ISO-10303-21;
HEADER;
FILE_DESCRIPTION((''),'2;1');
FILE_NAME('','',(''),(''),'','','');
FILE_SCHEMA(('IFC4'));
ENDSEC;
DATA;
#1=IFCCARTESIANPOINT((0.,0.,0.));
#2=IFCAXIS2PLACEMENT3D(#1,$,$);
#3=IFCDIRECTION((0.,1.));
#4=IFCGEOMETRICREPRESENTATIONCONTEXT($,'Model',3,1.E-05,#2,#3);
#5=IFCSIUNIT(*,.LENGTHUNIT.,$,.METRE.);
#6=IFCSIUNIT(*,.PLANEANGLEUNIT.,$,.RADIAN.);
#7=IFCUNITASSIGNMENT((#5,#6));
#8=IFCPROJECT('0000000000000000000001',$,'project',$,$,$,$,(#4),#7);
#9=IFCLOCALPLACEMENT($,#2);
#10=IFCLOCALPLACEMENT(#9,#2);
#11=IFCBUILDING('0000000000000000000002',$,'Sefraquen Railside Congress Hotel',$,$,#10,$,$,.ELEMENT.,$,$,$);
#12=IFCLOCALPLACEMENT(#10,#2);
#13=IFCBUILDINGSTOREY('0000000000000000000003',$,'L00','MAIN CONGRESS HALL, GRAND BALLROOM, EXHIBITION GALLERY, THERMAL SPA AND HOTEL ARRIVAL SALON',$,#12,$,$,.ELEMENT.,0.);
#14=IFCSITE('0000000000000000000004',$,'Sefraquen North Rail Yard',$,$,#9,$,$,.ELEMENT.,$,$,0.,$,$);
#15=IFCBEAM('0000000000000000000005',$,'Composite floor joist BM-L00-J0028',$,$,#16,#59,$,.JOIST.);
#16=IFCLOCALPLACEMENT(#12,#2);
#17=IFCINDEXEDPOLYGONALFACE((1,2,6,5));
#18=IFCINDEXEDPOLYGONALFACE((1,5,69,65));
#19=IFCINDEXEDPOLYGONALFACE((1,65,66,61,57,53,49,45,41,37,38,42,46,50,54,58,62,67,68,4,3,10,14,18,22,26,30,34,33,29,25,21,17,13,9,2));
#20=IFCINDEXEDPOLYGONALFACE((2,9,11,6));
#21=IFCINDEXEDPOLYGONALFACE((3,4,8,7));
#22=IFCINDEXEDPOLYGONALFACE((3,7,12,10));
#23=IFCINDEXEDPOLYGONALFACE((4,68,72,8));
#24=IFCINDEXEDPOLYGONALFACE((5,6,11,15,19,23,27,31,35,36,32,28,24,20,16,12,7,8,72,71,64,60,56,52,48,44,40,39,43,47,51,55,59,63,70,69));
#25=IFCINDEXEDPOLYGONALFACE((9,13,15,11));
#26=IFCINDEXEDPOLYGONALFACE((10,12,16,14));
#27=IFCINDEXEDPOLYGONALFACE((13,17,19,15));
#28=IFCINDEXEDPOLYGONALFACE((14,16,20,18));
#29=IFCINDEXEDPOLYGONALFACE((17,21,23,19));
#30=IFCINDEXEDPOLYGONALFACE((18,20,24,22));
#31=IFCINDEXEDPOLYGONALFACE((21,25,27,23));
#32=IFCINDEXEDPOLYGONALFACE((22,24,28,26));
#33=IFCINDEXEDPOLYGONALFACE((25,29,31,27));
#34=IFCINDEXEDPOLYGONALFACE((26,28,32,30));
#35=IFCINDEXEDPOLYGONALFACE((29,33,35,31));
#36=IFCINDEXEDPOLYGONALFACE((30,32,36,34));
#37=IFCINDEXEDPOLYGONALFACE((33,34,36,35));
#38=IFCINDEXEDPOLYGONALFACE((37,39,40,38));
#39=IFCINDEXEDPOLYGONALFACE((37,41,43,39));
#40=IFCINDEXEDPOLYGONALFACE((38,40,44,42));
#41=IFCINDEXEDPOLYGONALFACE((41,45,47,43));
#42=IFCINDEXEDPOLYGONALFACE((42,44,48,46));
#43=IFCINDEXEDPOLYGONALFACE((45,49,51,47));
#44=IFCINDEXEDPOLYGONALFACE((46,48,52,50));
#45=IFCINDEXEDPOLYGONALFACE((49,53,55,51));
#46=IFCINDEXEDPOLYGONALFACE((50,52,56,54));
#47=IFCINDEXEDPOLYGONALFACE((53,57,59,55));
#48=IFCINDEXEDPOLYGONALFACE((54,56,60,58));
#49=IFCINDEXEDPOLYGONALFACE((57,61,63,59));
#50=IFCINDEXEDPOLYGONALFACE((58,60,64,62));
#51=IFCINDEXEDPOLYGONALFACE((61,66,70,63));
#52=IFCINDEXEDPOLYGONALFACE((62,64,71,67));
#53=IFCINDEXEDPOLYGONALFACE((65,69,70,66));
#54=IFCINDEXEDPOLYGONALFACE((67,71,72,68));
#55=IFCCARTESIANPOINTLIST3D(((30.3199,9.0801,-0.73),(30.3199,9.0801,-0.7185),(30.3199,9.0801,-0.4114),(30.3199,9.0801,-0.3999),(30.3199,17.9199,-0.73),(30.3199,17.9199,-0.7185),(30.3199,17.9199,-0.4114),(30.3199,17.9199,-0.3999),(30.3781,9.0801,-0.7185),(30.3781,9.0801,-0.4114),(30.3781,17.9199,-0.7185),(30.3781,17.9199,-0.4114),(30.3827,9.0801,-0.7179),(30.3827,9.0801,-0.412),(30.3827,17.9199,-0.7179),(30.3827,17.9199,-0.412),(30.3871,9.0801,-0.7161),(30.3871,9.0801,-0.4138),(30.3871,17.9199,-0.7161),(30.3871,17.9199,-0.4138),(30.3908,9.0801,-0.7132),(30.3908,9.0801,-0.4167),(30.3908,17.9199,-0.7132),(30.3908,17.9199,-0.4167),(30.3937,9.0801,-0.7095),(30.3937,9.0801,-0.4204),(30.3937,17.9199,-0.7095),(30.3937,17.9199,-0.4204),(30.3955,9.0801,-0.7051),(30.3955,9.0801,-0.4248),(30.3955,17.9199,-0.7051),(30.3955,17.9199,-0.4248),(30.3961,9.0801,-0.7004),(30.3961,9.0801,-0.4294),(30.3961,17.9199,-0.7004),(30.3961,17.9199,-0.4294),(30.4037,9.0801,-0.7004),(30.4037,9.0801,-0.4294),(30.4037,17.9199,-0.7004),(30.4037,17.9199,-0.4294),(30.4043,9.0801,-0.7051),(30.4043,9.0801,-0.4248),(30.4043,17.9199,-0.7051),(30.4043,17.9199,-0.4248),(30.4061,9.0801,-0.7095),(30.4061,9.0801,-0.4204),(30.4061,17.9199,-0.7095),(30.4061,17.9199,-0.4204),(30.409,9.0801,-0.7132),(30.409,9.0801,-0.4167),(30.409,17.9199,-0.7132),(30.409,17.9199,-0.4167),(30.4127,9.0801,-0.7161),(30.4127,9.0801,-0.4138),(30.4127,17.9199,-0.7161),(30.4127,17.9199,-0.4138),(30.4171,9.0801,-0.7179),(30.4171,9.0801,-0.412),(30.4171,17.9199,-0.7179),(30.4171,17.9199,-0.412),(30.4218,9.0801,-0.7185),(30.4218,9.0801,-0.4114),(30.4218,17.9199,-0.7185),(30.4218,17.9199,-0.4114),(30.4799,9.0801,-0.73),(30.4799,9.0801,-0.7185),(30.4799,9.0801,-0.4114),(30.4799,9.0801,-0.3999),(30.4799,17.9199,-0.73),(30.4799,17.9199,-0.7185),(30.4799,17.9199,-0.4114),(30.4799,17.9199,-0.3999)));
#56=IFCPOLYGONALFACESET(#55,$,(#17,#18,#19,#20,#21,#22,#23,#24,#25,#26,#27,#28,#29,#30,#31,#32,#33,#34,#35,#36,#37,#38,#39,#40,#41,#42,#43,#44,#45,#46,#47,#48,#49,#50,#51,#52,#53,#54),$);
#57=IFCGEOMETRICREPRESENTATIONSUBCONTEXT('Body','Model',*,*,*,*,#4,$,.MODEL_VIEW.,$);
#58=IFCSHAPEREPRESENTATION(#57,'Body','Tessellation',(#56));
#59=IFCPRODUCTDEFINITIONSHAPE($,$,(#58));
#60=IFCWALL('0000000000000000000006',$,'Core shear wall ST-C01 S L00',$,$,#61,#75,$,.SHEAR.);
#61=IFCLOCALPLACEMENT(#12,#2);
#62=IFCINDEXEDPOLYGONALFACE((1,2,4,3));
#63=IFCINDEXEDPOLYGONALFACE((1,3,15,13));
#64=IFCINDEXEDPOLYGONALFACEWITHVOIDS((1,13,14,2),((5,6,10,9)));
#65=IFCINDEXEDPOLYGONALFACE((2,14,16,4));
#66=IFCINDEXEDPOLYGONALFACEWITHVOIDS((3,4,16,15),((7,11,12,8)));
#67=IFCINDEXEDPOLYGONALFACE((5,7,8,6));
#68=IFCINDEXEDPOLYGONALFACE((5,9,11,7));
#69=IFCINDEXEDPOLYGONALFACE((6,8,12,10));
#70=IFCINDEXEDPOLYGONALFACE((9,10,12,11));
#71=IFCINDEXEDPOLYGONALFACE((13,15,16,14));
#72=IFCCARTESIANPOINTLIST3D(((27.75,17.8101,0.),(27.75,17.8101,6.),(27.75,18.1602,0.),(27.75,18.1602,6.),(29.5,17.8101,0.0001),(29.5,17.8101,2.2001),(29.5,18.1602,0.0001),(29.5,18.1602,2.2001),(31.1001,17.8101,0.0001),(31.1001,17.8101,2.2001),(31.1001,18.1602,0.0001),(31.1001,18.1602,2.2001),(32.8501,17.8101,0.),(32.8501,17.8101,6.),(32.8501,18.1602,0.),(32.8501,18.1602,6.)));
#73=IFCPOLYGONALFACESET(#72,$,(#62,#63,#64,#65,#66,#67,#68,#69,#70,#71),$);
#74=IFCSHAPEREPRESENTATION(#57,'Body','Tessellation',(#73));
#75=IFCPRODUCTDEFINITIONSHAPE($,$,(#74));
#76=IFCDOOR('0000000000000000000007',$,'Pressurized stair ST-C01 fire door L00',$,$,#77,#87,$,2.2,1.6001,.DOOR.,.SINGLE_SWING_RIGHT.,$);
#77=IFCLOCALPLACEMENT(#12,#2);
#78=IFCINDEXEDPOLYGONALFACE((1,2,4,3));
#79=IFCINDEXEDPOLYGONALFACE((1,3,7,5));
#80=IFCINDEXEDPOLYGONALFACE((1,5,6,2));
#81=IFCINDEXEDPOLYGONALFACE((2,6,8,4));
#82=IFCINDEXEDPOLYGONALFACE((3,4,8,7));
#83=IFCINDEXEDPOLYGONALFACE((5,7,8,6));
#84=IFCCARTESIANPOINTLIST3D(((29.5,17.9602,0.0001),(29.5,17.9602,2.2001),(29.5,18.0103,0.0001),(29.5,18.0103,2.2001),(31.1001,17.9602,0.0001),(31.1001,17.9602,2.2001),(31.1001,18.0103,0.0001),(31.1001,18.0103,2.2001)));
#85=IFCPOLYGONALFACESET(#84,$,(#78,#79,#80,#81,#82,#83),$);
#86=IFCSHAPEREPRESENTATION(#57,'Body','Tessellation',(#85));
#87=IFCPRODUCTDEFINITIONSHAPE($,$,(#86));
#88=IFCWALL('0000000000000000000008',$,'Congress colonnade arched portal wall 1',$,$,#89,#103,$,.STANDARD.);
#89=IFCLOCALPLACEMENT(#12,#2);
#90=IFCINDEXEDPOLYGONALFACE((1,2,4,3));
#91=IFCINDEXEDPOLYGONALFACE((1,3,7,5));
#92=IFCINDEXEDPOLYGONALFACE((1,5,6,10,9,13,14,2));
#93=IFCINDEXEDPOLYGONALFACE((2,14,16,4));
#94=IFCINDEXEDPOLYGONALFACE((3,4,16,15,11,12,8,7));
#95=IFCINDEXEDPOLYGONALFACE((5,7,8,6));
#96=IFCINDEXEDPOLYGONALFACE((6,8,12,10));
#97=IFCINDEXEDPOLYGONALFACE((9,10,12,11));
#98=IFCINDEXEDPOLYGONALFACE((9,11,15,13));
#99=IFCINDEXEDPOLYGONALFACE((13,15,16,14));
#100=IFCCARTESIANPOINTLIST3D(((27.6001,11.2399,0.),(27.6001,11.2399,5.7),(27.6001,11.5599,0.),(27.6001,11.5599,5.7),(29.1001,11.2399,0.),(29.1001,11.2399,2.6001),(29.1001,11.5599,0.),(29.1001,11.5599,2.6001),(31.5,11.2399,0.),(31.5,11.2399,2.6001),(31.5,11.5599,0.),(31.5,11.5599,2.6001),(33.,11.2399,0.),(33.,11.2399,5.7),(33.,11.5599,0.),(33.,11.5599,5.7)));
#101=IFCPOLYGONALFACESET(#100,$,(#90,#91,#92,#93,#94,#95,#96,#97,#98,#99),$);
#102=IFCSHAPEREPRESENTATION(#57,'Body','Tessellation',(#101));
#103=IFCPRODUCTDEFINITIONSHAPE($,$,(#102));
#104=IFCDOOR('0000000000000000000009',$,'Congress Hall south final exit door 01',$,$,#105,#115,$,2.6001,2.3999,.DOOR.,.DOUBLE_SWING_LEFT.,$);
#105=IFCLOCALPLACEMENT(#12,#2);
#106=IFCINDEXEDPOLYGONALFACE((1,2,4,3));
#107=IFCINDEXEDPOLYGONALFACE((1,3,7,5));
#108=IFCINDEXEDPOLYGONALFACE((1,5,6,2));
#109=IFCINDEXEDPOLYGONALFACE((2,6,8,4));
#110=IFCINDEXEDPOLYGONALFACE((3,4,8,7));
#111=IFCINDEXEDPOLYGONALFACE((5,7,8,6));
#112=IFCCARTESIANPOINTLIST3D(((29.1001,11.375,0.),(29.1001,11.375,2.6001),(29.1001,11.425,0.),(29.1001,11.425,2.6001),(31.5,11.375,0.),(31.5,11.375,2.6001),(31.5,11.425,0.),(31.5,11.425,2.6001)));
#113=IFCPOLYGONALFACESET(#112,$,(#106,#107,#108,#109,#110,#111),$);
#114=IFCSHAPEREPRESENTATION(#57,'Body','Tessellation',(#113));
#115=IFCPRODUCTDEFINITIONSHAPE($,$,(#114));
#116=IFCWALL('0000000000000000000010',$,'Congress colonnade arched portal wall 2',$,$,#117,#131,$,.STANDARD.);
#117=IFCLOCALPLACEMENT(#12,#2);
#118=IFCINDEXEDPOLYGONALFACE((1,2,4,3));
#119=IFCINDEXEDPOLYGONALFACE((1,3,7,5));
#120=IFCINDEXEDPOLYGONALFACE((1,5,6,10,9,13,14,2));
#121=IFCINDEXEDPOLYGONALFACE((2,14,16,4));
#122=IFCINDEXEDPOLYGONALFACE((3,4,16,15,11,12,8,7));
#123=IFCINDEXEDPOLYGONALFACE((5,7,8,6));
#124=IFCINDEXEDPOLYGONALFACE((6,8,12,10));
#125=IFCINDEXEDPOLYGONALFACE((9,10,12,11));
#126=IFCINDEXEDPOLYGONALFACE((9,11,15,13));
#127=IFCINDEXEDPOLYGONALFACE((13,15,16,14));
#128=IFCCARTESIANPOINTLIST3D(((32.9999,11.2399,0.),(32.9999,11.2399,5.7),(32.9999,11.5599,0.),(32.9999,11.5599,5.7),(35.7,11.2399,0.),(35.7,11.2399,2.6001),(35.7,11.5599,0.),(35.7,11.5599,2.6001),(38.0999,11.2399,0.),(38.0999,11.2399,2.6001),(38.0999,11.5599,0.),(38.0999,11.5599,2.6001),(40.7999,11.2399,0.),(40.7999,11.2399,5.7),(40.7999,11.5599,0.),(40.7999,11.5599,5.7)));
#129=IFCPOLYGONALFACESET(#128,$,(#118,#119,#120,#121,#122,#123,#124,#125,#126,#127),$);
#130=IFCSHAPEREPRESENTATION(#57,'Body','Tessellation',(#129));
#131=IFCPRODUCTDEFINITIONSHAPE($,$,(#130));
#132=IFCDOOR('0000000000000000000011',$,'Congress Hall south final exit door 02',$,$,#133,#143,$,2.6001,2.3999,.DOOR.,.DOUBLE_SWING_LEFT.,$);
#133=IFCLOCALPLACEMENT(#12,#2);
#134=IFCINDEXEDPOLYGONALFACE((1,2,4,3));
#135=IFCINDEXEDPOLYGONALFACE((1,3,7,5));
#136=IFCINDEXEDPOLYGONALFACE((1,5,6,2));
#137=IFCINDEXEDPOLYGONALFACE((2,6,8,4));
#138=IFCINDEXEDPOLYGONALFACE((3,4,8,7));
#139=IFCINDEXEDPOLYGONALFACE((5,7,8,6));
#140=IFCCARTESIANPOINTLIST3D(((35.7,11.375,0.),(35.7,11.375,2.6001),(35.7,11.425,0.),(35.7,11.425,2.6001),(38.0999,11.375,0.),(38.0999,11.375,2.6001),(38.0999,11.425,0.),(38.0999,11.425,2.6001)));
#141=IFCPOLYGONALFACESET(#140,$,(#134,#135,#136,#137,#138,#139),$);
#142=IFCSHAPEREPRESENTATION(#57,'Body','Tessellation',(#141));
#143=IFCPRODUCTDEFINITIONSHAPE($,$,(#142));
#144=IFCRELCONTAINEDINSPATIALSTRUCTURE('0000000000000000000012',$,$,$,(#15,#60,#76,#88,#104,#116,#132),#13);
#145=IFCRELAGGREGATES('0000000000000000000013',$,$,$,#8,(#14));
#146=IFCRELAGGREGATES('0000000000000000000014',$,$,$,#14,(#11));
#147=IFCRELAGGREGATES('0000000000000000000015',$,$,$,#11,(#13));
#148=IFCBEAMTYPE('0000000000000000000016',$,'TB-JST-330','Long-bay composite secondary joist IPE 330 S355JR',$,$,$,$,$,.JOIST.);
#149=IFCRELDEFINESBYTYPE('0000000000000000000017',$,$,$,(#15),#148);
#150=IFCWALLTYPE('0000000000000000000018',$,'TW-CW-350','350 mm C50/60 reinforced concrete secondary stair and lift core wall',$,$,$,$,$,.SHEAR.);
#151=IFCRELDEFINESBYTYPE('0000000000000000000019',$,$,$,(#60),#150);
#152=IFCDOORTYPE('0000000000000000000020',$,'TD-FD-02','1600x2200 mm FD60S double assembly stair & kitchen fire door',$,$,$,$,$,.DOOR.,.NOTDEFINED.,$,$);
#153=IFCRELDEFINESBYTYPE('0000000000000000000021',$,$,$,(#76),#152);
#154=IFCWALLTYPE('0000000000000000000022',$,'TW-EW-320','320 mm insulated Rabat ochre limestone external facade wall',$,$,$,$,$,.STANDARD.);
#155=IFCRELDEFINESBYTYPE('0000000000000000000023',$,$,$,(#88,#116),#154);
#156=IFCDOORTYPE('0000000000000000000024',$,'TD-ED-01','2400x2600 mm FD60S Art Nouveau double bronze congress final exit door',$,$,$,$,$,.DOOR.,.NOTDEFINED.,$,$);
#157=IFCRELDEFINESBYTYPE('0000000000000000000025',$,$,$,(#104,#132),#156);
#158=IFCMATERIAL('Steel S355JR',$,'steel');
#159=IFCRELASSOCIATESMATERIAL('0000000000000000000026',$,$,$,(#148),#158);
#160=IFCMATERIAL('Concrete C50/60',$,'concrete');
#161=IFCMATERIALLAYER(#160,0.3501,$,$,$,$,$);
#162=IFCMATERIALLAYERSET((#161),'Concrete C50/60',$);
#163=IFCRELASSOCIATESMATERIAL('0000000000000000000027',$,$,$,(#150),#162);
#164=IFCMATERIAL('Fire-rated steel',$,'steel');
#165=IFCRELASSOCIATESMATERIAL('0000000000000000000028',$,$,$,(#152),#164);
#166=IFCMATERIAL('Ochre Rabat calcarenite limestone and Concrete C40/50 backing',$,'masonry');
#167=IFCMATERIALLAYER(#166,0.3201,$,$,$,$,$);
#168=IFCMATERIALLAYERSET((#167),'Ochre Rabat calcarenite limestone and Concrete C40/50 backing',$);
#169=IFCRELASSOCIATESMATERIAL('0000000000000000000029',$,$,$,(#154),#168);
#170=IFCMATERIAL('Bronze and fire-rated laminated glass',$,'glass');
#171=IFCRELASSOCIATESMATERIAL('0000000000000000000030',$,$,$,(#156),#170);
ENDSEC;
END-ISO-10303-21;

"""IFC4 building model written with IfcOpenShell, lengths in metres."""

from ifc_helpers import new_model, si_unit, direction, frame, frame_2d, origin, origin_2d, place, context, subcontext, project, spatial, rectangle, i_section, extrude, material, layer, layer_set, material_profile, profile_set, type_object, element, fill, save


model = new_model("IFC4")

# Units and contexts
model_context = context("Model", 3, precision=1e-05, world=origin(), true_north=direction((0.0, 1.0)))
body_context = subcontext(model_context, "Body", "Model", "MODEL_VIEW")
ifc_project = project(units=[si_unit("LENGTHUNIT", "METRE"), si_unit("PLANEANGLEUNIT", "RADIAN")], contexts=[model_context])

# Site, building, storey
site_placement = place(None, origin())
site = spatial("IfcSite", under=ifc_project, at=site_placement, Name="Sefraquen North Rail Yard", CompositionType="ELEMENT", RefElevation=0.0)
building_placement = place(site_placement, origin())
building = spatial("IfcBuilding", under=site, at=building_placement, Name="Sefraquen Railside Congress Hotel", CompositionType="ELEMENT")
storey_placement = place(building_placement, origin())
storey = spatial("IfcBuildingStorey", under=building, at=storey_placement, Name="L00", Description="MAIN CONGRESS HALL, GRAND BALLROOM, EXHIBITION GALLERY, THERMAL SPA AND HOTEL ARRIVAL SALON", CompositionType="ELEMENT", Elevation=0.0)

# Shared definitions
ifc_material_1 = material(Name="Steel S355JR", Category="steel")

# Beam
ifc_material_profile_1 = material_profile(ifc_material_1, i_section(OverallWidth=0.1599, OverallDepth=0.3301, WebThickness=0.0076, FlangeThickness=0.0115, FilletRadius=0.0181, at=origin_2d()), Name="IPE 330")
ifc_profile_set_1 = profile_set([ifc_material_profile_1], Name="Steel S355JR")
beam_type_1 = type_object("IfcBeamType", Name="TB-JST-330", Description="Long-bay composite secondary joist IPE 330 S355JR", PredefinedType="JOIST", material=ifc_profile_set_1)
for number, where, z_axis, x_axis, name in (
    (1, (30.3999, 9.0801, -0.5649), (0.0, 1.0, 0.0), (-1.0, 0.0, 0.0), "Composite floor joist BM-L00-J0028"),
):
    element("IfcBeam", number, at=place(storey_placement, frame(where, z_axis=z_axis, x_axis=x_axis)), inside=storey, type_object=beam_type_1, Name=name, PredefinedType="JOIST", context=body_context, shape_type="SweptSolid", body=[
        extrude(i_section(OverallWidth=0.1599, OverallDepth=0.3301, WebThickness=0.0076, FlangeThickness=0.0115, FilletRadius=0.0181, at=origin_2d()), origin(), (0.0, 0.0, 1.0), 8.8398),
    ])

# Walls, openings, doors
ifc_material_2 = material(Name="Concrete C50/60", Category="concrete")
ifc_layer_1 = layer(ifc_material_2, 0.3501)
ifc_layer_set_1 = layer_set([ifc_layer_1], Name="Concrete C50/60")
wall_type_1 = type_object("IfcWallType", Name="TW-CW-350", Description="350 mm C50/60 reinforced concrete secondary stair and lift core wall", PredefinedType="SHEAR", material=ifc_layer_set_1)
wall_1_placement = place(storey_placement, frame((27.75, 17.9851, 0.0), z_axis=(0.0, 0.0, 1.0), x_axis=(1.0, 0.0, 0.0)))
wall_1 = element("IfcWall", 2, at=wall_1_placement, inside=storey, type_object=wall_type_1, Name="Core shear wall ST-C01 S L00", PredefinedType="SHEAR", context=body_context, shape_type="SweptSolid", body=[
    extrude(rectangle(XDim=5.1001, YDim=0.3501, at=frame_2d((2.55, 0.0))), origin(), (0.0, 0.0, 1.0), 6.0),
])
opening_1_placement = place(wall_1_placement, frame((1.75, 0.0, 0.0)))
opening_1 = element("IfcOpeningElement", 3, at=opening_1_placement, cuts=wall_1, PredefinedType="OPENING", context=body_context, shape_type="SweptSolid", body=[
    extrude(rectangle(XDim=1.6001, YDim=2.2, at=frame_2d((0.8, 1.1001))), frame((0.0, 0.1851, 0.0), z_axis=(0.0, -1.0, 0.0), x_axis=(1.0, 0.0, 0.0)), (0.0, 0.0, 1.0), 0.3701),
])
ifc_material_3 = material(Name="Fire-rated steel", Category="steel")
door_type_1 = type_object("IfcDoorType", Name="TD-FD-02", Description="1600x2200 mm FD60S double assembly stair & kitchen fire door", OperationType="NOTDEFINED", PredefinedType="DOOR", material=ifc_material_3)
door_1_placement = place(opening_1_placement, frame((1.6001, 0.0, 0.0), z_axis=(0.0, 0.0, 1.0), x_axis=(-1.0, 0.0, 0.0)))
door_1 = element("IfcDoor", 4, at=door_1_placement, inside=storey, type_object=door_type_1, Name="Pressurized stair ST-C01 fire door L00", OperationType="SINGLE_SWING_RIGHT", OverallHeight=2.2, OverallWidth=1.6001, PredefinedType="DOOR", context=body_context, shape_type="SweptSolid", body=[
    extrude(rectangle(XDim=1.6001, YDim=2.2, at=frame_2d((0.8, 1.1001))), frame((0.0, 0.0249, 0.0), z_axis=(0.0, -1.0, 0.0), x_axis=(1.0, 0.0, 0.0)), (0.0, 0.0, 1.0), 0.05),
])
fill(opening_1, door_1)
ifc_material_4 = material(Name="Ochre Rabat calcarenite limestone and Concrete C40/50 backing", Category="masonry")
ifc_layer_2 = layer(ifc_material_4, 0.3201)
ifc_layer_set_2 = layer_set([ifc_layer_2], Name="Ochre Rabat calcarenite limestone and Concrete C40/50 backing")
wall_type_2 = type_object("IfcWallType", Name="TW-EW-320", Description="320 mm insulated Rabat ochre limestone external facade wall", PredefinedType="STANDARD", material=ifc_layer_set_2)
wall_2_placement = place(storey_placement, frame((27.6001, 11.3999, 0.0), z_axis=(0.0, 0.0, 1.0), x_axis=(1.0, 0.0, 0.0)))
wall_2 = element("IfcWall", 5, at=wall_2_placement, inside=storey, type_object=wall_type_2, Name="Congress colonnade arched portal wall 1", PredefinedType="STANDARD", context=body_context, shape_type="SweptSolid", body=[
    extrude(rectangle(XDim=5.3999, YDim=0.3201, at=frame_2d((2.7, 0.0))), origin(), (0.0, 0.0, 1.0), 5.7),
])
opening_2_placement = place(wall_2_placement, frame((1.5, 0.0, 0.0)))
opening_2 = element("IfcOpeningElement", 6, at=opening_2_placement, cuts=wall_2, PredefinedType="OPENING", context=body_context, shape_type="SweptSolid", body=[
    extrude(rectangle(XDim=2.3999, YDim=2.6001, at=frame_2d((1.2, 1.3))), frame((0.0, 0.1699, 0.0), z_axis=(0.0, -1.0, 0.0), x_axis=(1.0, 0.0, 0.0)), (0.0, 0.0, 1.0), 0.3401),
])
ifc_material_5 = material(Name="Bronze and fire-rated laminated glass", Category="glass")
door_type_2 = type_object("IfcDoorType", Name="TD-ED-01", Description="2400x2600 mm FD60S Art Nouveau double bronze congress final exit door", OperationType="NOTDEFINED", PredefinedType="DOOR", material=ifc_material_5)
door_2_placement = place(opening_2_placement, frame((2.3999, 0.0, 0.0), z_axis=(0.0, 0.0, 1.0), x_axis=(-1.0, 0.0, 0.0)))
door_2 = element("IfcDoor", 7, at=door_2_placement, inside=storey, type_object=door_type_2, Name="Congress Hall south final exit door 01", OperationType="DOUBLE_SWING_LEFT", OverallHeight=2.6001, OverallWidth=2.3999, PredefinedType="DOOR", context=body_context, shape_type="SweptSolid", body=[
    extrude(rectangle(XDim=2.3999, YDim=2.6001, at=frame_2d((1.2, 1.3))), frame((0.0, 0.0249, 0.0), z_axis=(0.0, -1.0, 0.0), x_axis=(1.0, 0.0, 0.0)), (0.0, 0.0, 1.0), 0.05),
])
fill(opening_2, door_2)
wall_3_placement = place(storey_placement, frame((33.0, 11.3999, 0.0), z_axis=(0.0, 0.0, 1.0), x_axis=(1.0, 0.0, 0.0)))
wall_3 = element("IfcWall", 8, at=wall_3_placement, inside=storey, type_object=wall_type_2, Name="Congress colonnade arched portal wall 2", PredefinedType="STANDARD", context=body_context, shape_type="SweptSolid", body=[
    extrude(rectangle(XDim=7.8, YDim=0.3201, at=frame_2d((3.8999, 0.0))), origin(), (0.0, 0.0, 1.0), 5.7),
])
opening_3_placement = place(wall_3_placement, frame((2.7, 0.0, 0.0)))
opening_3 = element("IfcOpeningElement", 9, at=opening_3_placement, cuts=wall_3, PredefinedType="OPENING", context=body_context, shape_type="SweptSolid", body=[
    extrude(rectangle(XDim=2.3999, YDim=2.6001, at=frame_2d((1.2, 1.3))), frame((0.0, 0.1699, 0.0), z_axis=(0.0, -1.0, 0.0), x_axis=(1.0, 0.0, 0.0)), (0.0, 0.0, 1.0), 0.3401),
])
door_3_placement = place(opening_3_placement, frame((2.3999, 0.0, 0.0), z_axis=(0.0, 0.0, 1.0), x_axis=(-1.0, 0.0, 0.0)))
door_3 = element("IfcDoor", 10, at=door_3_placement, inside=storey, type_object=door_type_2, Name="Congress Hall south final exit door 02", OperationType="DOUBLE_SWING_LEFT", OverallHeight=2.6001, OverallWidth=2.3999, PredefinedType="DOOR", context=body_context, shape_type="SweptSolid", body=[
    extrude(rectangle(XDim=2.3999, YDim=2.6001, at=frame_2d((1.2, 1.3))), frame((0.0, 0.0249, 0.0), z_axis=(0.0, -1.0, 0.0), x_axis=(1.0, 0.0, 0.0)), (0.0, 0.0, 1.0), 0.05),
])
fill(opening_3, door_3)

save(model, "model.ifc")
